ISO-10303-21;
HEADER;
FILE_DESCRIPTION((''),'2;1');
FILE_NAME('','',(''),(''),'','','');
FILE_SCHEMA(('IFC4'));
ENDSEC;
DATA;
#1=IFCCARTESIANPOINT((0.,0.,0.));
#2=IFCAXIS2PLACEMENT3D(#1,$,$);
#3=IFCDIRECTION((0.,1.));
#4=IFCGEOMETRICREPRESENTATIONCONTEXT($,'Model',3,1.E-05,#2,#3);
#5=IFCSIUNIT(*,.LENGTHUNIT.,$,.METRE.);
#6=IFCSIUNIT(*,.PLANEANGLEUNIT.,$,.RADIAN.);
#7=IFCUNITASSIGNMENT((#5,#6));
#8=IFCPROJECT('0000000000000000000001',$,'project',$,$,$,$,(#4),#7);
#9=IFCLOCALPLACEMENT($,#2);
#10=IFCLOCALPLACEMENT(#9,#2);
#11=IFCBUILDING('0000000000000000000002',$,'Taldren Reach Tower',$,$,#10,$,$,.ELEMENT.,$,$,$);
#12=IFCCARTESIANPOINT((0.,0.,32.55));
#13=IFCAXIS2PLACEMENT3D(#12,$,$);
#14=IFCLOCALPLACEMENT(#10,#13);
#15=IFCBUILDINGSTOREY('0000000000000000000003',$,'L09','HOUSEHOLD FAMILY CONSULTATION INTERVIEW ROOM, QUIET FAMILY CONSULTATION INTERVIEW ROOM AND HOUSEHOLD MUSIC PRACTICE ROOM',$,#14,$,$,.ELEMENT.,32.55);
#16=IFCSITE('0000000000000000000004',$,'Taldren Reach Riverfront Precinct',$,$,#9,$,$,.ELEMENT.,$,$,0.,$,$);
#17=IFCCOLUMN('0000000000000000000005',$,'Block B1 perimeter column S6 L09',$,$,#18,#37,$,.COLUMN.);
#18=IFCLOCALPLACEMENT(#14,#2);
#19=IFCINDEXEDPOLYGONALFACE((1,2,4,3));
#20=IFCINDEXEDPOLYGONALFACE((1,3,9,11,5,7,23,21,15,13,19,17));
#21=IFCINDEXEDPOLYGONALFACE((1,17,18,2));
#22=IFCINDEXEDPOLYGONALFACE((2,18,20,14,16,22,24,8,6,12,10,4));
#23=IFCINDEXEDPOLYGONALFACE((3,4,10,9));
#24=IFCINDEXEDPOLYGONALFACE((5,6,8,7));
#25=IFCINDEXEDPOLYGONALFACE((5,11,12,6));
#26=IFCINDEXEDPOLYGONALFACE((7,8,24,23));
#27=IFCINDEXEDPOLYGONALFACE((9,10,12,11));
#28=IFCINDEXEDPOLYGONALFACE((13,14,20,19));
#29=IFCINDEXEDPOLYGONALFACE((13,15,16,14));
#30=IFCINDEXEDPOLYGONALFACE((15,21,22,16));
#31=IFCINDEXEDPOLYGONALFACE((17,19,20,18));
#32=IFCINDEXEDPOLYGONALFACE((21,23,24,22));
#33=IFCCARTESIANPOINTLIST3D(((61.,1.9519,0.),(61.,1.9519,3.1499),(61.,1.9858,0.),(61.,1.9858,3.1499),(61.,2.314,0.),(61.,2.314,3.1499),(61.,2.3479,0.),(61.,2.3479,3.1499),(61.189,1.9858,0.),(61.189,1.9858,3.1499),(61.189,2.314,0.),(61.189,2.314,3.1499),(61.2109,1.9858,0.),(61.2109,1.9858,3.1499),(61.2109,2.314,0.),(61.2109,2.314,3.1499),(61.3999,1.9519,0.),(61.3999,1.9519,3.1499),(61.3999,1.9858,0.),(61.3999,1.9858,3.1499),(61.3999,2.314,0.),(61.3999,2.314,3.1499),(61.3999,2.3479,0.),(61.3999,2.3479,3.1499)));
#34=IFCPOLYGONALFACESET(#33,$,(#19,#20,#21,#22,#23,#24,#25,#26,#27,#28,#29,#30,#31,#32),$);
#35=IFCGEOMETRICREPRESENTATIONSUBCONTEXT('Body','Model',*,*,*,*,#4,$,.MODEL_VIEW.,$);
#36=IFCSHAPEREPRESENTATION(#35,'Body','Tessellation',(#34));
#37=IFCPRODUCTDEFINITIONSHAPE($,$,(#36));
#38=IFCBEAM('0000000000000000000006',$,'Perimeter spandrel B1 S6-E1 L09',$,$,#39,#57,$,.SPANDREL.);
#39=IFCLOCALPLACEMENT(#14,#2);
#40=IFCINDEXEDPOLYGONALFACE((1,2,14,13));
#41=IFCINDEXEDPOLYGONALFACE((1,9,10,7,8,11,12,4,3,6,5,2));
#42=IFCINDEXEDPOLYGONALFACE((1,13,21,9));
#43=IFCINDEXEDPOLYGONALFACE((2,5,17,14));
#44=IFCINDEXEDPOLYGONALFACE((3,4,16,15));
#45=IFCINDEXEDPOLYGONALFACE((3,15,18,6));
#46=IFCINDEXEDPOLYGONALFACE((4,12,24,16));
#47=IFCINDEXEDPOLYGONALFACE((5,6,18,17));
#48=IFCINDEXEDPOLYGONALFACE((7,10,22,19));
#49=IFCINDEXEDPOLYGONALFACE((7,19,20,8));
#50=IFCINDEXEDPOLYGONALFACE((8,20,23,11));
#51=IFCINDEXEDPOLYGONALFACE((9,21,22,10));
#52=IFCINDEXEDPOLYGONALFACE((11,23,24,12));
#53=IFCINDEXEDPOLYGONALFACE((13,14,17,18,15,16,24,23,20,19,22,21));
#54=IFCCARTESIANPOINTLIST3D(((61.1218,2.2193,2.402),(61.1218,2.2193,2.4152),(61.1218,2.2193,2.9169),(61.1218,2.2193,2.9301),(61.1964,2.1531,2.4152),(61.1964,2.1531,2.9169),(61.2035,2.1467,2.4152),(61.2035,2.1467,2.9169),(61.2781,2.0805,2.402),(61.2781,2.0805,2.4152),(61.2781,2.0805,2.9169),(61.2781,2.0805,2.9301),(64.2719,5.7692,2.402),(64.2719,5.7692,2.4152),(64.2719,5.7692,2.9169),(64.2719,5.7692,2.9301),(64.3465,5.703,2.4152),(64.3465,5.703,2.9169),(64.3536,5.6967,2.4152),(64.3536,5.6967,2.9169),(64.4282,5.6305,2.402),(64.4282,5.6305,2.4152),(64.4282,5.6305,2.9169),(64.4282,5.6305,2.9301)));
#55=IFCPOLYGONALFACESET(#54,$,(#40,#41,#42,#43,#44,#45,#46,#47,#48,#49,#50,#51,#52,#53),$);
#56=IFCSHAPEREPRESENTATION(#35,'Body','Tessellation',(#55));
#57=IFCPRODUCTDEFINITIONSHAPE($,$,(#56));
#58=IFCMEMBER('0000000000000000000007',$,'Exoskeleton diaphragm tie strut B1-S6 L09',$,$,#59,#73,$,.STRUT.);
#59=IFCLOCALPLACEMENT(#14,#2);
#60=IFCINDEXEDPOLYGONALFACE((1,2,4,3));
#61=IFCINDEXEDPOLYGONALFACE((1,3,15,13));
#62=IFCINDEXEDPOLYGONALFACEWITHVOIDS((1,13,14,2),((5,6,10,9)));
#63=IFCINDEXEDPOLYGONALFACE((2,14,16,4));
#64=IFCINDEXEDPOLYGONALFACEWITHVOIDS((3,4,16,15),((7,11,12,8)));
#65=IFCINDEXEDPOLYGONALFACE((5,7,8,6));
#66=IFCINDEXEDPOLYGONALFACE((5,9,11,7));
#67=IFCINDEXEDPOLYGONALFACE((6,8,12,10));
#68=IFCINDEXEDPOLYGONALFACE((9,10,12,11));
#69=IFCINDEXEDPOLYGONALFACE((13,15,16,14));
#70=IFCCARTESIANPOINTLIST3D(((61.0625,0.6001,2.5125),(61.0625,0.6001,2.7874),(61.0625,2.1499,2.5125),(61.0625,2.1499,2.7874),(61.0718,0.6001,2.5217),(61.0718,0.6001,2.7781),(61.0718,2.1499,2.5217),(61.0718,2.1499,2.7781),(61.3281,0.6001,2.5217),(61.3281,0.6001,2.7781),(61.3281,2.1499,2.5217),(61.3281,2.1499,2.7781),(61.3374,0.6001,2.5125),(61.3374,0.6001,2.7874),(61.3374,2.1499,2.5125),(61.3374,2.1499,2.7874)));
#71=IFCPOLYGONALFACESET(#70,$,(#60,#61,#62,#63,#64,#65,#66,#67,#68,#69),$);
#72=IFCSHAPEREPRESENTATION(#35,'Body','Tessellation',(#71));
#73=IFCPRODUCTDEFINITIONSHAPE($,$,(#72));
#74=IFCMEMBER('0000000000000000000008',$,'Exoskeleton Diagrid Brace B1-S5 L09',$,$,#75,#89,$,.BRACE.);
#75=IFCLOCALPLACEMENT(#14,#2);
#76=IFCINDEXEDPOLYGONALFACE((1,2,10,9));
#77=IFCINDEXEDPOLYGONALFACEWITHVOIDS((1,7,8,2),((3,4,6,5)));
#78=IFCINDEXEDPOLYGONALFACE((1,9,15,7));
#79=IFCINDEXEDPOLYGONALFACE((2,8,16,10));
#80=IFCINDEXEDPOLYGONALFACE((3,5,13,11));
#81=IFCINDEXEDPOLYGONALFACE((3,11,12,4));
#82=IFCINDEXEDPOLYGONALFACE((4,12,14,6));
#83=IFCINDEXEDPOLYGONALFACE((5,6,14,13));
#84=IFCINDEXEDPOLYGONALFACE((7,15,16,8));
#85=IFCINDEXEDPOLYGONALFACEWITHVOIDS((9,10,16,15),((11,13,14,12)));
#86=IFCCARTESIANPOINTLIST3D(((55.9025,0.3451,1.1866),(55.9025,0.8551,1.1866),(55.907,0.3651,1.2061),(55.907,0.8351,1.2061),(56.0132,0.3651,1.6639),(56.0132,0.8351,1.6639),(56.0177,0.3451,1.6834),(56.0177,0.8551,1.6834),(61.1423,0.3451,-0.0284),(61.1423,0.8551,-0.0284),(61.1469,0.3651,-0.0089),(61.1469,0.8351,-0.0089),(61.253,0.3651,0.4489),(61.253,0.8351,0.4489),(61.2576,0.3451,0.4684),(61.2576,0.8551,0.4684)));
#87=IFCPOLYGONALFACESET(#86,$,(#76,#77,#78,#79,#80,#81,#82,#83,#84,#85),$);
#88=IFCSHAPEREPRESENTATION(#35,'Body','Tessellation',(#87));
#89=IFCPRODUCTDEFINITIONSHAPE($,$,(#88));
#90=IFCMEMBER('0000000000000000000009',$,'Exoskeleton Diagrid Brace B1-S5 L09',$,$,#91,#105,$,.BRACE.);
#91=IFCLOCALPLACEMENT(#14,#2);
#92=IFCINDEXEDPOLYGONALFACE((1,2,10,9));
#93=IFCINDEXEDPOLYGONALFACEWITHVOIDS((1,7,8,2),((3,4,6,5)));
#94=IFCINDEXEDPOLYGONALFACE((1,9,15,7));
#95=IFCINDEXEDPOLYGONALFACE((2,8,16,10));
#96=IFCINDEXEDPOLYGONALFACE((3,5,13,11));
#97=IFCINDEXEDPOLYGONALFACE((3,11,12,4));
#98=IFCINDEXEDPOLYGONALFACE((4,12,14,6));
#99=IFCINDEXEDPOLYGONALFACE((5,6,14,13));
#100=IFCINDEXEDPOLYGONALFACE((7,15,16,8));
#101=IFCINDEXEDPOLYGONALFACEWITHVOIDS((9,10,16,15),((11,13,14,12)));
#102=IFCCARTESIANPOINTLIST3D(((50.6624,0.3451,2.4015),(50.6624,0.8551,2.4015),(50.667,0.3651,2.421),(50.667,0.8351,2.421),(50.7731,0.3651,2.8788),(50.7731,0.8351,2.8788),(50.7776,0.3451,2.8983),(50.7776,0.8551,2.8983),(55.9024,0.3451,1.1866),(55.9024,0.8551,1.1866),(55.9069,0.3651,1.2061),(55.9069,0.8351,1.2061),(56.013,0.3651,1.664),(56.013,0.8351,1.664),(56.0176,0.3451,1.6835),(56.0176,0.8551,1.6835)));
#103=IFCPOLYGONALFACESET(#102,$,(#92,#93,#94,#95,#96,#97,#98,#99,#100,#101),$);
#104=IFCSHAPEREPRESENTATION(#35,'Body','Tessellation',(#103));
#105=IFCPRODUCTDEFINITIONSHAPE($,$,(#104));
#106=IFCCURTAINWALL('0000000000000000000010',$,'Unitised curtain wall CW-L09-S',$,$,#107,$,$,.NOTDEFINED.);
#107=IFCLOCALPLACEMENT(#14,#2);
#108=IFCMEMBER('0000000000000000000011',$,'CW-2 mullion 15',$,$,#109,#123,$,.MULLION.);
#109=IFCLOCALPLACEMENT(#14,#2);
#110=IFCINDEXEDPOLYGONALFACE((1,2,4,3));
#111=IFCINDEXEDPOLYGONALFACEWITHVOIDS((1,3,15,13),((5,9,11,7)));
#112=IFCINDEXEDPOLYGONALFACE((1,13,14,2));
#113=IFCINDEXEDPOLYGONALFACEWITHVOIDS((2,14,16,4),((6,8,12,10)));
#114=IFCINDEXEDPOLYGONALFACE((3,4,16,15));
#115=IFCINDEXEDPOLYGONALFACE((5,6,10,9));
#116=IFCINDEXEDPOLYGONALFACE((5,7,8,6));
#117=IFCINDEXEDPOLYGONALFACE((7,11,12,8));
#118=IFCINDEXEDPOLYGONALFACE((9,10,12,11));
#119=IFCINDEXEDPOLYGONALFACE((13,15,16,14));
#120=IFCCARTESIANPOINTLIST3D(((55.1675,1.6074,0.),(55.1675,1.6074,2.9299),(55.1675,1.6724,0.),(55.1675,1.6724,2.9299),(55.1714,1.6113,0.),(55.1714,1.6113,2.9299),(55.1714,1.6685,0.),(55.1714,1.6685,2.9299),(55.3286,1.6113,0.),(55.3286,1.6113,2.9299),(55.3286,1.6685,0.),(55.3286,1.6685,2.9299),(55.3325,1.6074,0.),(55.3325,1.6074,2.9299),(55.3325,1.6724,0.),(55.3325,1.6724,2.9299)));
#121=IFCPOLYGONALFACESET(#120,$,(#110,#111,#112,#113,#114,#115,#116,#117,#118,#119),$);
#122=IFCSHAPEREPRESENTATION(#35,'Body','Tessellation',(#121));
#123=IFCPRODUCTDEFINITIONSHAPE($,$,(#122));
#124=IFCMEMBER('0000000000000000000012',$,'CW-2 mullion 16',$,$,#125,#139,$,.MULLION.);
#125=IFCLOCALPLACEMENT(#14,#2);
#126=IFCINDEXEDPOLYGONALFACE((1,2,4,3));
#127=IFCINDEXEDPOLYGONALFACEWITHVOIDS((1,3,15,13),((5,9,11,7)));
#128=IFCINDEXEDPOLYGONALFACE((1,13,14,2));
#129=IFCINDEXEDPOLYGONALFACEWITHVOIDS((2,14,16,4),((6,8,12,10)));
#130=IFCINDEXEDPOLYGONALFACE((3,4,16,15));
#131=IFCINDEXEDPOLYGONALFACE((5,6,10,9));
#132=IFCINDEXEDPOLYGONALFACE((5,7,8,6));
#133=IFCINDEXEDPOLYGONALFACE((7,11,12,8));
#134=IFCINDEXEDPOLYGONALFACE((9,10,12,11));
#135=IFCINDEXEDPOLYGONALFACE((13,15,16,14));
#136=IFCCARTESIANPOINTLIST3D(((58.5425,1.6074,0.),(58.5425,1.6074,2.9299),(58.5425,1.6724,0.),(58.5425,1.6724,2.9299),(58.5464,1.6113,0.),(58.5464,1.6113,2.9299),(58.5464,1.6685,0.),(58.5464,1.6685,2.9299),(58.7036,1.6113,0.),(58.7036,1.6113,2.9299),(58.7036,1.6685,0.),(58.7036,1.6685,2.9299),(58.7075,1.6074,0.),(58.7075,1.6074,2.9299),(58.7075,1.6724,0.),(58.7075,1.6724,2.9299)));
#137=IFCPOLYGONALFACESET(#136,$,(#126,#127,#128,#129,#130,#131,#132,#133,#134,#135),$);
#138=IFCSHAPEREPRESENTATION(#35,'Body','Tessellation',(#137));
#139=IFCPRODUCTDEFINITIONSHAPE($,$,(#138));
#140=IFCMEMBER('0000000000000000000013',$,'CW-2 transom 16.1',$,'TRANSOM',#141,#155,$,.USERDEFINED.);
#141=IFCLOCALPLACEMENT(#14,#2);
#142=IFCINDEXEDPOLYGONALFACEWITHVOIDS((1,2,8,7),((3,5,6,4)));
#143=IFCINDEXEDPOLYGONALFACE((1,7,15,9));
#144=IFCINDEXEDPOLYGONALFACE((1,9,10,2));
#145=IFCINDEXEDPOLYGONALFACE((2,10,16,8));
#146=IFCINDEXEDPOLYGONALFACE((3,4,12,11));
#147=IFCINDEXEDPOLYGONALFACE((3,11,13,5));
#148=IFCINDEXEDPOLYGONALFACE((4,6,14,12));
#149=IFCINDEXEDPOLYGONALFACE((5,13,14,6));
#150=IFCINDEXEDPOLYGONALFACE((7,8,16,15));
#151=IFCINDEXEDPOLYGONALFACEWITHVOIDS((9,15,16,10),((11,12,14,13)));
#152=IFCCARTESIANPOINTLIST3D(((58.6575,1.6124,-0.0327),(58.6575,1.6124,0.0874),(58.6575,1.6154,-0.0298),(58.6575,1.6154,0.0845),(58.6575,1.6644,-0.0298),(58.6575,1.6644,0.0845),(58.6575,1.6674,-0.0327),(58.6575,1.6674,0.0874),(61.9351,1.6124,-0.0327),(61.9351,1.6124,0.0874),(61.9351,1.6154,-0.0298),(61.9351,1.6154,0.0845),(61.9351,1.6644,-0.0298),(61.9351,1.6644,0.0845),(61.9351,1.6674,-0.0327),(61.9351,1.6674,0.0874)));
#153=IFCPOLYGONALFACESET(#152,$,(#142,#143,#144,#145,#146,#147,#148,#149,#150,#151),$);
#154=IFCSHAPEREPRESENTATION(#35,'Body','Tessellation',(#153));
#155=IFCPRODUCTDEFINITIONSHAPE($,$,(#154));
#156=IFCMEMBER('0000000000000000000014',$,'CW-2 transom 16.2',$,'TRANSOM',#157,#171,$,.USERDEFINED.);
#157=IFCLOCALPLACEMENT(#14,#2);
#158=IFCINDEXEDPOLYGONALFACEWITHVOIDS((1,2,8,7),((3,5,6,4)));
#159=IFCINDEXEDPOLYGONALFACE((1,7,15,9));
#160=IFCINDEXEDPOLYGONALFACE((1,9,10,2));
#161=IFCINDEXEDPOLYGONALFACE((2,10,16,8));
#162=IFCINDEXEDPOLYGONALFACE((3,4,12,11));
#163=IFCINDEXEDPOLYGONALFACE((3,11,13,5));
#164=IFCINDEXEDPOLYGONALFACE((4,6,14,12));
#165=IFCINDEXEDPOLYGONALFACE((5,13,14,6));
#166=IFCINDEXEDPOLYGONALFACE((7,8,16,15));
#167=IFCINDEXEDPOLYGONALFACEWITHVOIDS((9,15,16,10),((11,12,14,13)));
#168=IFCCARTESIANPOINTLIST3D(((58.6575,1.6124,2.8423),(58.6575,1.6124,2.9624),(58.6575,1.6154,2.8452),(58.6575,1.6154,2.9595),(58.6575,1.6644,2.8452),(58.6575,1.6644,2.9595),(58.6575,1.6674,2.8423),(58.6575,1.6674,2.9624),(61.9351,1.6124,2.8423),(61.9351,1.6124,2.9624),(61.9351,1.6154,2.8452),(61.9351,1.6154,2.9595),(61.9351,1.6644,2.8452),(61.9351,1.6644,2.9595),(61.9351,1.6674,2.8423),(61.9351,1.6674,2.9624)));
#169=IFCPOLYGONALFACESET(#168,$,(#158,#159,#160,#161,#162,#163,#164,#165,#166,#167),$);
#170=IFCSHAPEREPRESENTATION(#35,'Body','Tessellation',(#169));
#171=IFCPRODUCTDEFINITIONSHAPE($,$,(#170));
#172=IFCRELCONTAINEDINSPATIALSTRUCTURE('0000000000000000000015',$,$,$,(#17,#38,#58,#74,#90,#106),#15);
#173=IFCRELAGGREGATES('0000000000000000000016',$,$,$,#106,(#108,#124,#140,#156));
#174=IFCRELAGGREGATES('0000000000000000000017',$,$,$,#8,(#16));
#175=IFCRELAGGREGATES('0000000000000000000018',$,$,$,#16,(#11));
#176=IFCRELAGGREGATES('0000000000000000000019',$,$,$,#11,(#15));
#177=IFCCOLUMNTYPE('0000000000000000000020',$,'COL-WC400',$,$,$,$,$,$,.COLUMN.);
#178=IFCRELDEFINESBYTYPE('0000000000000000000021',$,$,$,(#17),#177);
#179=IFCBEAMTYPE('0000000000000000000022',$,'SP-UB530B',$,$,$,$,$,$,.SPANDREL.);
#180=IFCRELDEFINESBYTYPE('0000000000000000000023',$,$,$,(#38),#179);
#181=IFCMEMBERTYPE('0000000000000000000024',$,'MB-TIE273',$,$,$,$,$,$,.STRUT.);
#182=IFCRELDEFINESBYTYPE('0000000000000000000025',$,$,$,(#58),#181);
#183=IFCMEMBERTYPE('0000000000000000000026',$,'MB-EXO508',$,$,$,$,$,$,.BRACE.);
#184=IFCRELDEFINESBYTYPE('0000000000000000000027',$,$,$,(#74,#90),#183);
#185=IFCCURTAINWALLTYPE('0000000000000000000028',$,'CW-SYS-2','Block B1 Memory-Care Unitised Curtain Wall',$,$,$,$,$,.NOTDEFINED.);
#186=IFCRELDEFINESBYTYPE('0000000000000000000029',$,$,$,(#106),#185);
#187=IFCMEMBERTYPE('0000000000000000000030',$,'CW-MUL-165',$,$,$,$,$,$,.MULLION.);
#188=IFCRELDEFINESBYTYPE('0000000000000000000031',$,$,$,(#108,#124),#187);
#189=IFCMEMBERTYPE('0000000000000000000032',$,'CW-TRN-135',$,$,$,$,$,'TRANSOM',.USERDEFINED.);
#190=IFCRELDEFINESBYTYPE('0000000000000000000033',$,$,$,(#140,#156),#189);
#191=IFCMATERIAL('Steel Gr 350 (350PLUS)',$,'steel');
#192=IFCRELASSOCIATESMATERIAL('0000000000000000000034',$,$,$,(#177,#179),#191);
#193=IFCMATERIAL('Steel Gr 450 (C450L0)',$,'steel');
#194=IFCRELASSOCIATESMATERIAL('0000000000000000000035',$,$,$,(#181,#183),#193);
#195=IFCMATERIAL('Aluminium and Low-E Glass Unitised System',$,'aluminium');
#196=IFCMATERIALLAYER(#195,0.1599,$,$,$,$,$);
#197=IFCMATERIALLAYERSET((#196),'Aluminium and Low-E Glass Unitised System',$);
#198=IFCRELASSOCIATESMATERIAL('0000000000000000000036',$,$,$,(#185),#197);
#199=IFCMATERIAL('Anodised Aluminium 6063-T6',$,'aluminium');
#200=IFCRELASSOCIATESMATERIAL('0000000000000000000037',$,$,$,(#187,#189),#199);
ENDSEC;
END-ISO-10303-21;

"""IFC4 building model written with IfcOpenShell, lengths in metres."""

from ifc_helpers import new_model, si_unit, direction, frame, origin, origin_2d, place, context, subcontext, project, spatial, hollow_rectangle, i_section, extrude, source, transform, mapped, material, layer, layer_set, material_profile, profile_set, type_object, element, aggregate, save


model = new_model("IFC4")

# Units and contexts
model_context = context("Model", 3, precision=1e-05, world=origin(), true_north=direction((0.0, 1.0)))
body_context = subcontext(model_context, "Body", "Model", "MODEL_VIEW")
ifc_project = project(units=[si_unit("LENGTHUNIT", "METRE"), si_unit("PLANEANGLEUNIT", "RADIAN")], contexts=[model_context])

# Site, building, storey
site_placement = place(None, origin())
site = spatial("IfcSite", under=ifc_project, at=site_placement, Name="Taldren Reach Riverfront Precinct", CompositionType="ELEMENT", RefElevation=0.0)
building_placement = place(site_placement, origin())
building = spatial("IfcBuilding", under=site, at=building_placement, Name="Taldren Reach Tower", CompositionType="ELEMENT")
storey_placement = place(building_placement, frame((0.0, 0.0, 32.55)))
storey = spatial("IfcBuildingStorey", under=building, at=storey_placement, Name="L09", Description="HOUSEHOLD FAMILY CONSULTATION INTERVIEW ROOM, QUIET FAMILY CONSULTATION INTERVIEW ROOM AND HOUSEHOLD MUSIC PRACTICE ROOM", CompositionType="ELEMENT", Elevation=32.55)

# Column
ifc_material_1 = material(Name="Steel Gr 350 (350PLUS)", Category="steel")
ifc_material_profile_1 = material_profile(ifc_material_1, i_section(OverallWidth=0.3999, OverallDepth=0.396, WebThickness=0.022, FlangeThickness=0.0339, at=origin_2d()), Name="400WC270")
ifc_profile_set_1 = profile_set([ifc_material_profile_1], Name="Steel Gr 350 (350PLUS)")
column_type = type_object("IfcColumnType", Name="COL-WC400", PredefinedType="COLUMN", material=ifc_profile_set_1)
shared_shape_1 = source(origin(), body_context, "Body", "SweptSolid", [
    extrude(i_section(OverallWidth=0.3999, OverallDepth=0.396, WebThickness=0.022, FlangeThickness=0.0339, at=origin_2d()), origin(), (0.0, 0.0, 1.0), 3.1499),
])
column_placement = place(storey_placement, frame((61.2, 2.1499, 0.0), z_axis=(0.0, 0.0, 1.0), x_axis=(1.0, 0.0, 0.0)))
element("IfcColumn", 1, at=column_placement, inside=storey, type_object=column_type, Name="Block B1 perimeter column S6 L09", PredefinedType="COLUMN", context=body_context, shape_type="MappedRepresentation", body=[
    mapped(shared_shape_1, transform((0.0, 0.0, 0.0), scale=1.0)),
])

# Beam
ifc_material_profile_2 = material_profile(ifc_material_1, i_section(OverallWidth=0.209, OverallDepth=0.5281, WebThickness=0.0095, FlangeThickness=0.0132, at=origin_2d()), Name="530UB82.0")
ifc_profile_set_2 = profile_set([ifc_material_profile_2], Name="Steel Gr 350 (350PLUS)")
beam_type = type_object("IfcBeamType", Name="SP-UB530B", PredefinedType="SPANDREL", material=ifc_profile_set_2)
shared_shape_2 = source(origin(), body_context, "Body", "SweptSolid", [
    extrude(i_section(OverallWidth=0.209, OverallDepth=0.5281, WebThickness=0.0095, FlangeThickness=0.0132, at=origin_2d()), origin(), (0.0, 0.0, 1.0), 4.7461),
])
beam_placement = place(storey_placement, frame((61.2, 2.1499, 2.666), z_axis=(0.663722, 0.747979, 0.0), x_axis=(-0.747979, 0.663722, 0.0)))
element("IfcBeam", 2, at=beam_placement, inside=storey, type_object=beam_type, Name="Perimeter spandrel B1 S6-E1 L09", PredefinedType="SPANDREL", context=body_context, shape_type="MappedRepresentation", body=[
    mapped(shared_shape_2, transform((0.0, 0.0, 0.0), scale=1.0)),
])

# Members
ifc_material_2 = material(Name="Steel Gr 450 (C450L0)", Category="steel")
ifc_material_profile_3 = material_profile(ifc_material_2, hollow_rectangle(XDim=0.2749, YDim=0.2749, WallThickness=0.0093, at=origin_2d()), Name="275x275x9.3SHS")
ifc_profile_set_3 = profile_set([ifc_material_profile_3], Name="Steel Gr 450 (C450L0)")
member_type_1 = type_object("IfcMemberType", Name="MB-TIE273", PredefinedType="STRUT", material=ifc_profile_set_3)
shared_shape_3 = source(origin(), body_context, "Body", "SweptSolid", [
    extrude(hollow_rectangle(XDim=0.2749, YDim=0.2749, WallThickness=0.0093, at=origin_2d()), origin(), (0.0, 0.0, 1.0), 1.5498),
])
member_1_placement = place(storey_placement, frame((61.2, 2.1499, 2.6499), z_axis=(0.0, -1.0, 0.0), x_axis=(1.0, 0.0, 0.0)))
element("IfcMember", 3, at=member_1_placement, inside=storey, type_object=member_type_1, Name="Exoskeleton diaphragm tie strut B1-S6 L09", PredefinedType="STRUT", context=body_context, shape_type="MappedRepresentation", body=[
    mapped(shared_shape_3, transform((0.0, 0.0, 0.0), scale=1.0)),
])
ifc_material_profile_4 = material_profile(ifc_material_2, hollow_rectangle(XDim=0.51, YDim=0.51, WallThickness=0.02, at=origin_2d()), Name="510x510x20.0SHS")
ifc_profile_set_4 = profile_set([ifc_material_profile_4], Name="Steel Gr 450 (C450L0)")
member_type_2 = type_object("IfcMemberType", Name="MB-EXO508", PredefinedType="BRACE", material=ifc_profile_set_4)
shared_shape_4 = source(origin(), body_context, "Body", "SweptSolid", [
    extrude(hollow_rectangle(XDim=0.51, YDim=0.51, WallThickness=0.02, at=origin_2d()), origin(), (0.0, 0.0, 1.0), 5.3789),
])
for number, where, z_axis, x_axis, name in (
    (4, (61.2, 0.6001, 0.22), (-0.974152, 0.0, 0.225894), (0.0, -1.0, 0.0), "Exoskeleton Diagrid Brace B1-S5 L09"),
    (5, (55.96, 0.6001, 1.4351), (-0.974162, 0.0, 0.225851), (0.0, -1.0, 0.0), "Exoskeleton Diagrid Brace B1-S5 L09"),
):
    element("IfcMember", number, at=place(storey_placement, frame(where, z_axis=z_axis, x_axis=x_axis)), inside=storey, type_object=member_type_2, Name=name, PredefinedType="BRACE", context=body_context, shape_type="MappedRepresentation", body=[
        mapped(shared_shape_4, transform((0.0, 0.0, 0.0), scale=1.0)),
    ])

# Curtain wall, members
ifc_material_3 = material(Name="Aluminium and Low-E Glass Unitised System", Category="aluminium")
ifc_layer_1 = layer(ifc_material_3, 0.1599)
ifc_layer_set_1 = layer_set([ifc_layer_1], Name="Aluminium and Low-E Glass Unitised System")
curtain_wall_type = type_object("IfcCurtainWallType", Name="CW-SYS-2", Description="Block B1 Memory-Care Unitised Curtain Wall", PredefinedType="NOTDEFINED", material=ifc_layer_set_1)
curtain_wall_placement = place(storey_placement, origin())
curtain_wall = element("IfcCurtainWall", 6, at=curtain_wall_placement, inside=storey, type_object=curtain_wall_type, Name="Unitised curtain wall CW-L09-S", PredefinedType="NOTDEFINED")
ifc_material_4 = material(Name="Anodised Aluminium 6063-T6", Category="aluminium")
ifc_material_profile_5 = material_profile(ifc_material_4, hollow_rectangle(XDim=0.0649, YDim=0.165, WallThickness=0.0039, at=origin_2d()), Name="ALU-165x65x4RHS")
ifc_profile_set_5 = profile_set([ifc_material_profile_5], Name="Anodised Aluminium 6063-T6")
member_type_3 = type_object("IfcMemberType", Name="CW-MUL-165", PredefinedType="MULLION", material=ifc_profile_set_5)
shared_shape_5 = source(origin(), body_context, "Body", "SweptSolid", [
    extrude(hollow_rectangle(XDim=0.0649, YDim=0.165, WallThickness=0.0039, at=origin_2d()), origin(), (0.0, 0.0, 1.0), 2.9299),
])
member_2_placement = place(storey_placement, frame((55.25, 1.6399, 0.0), z_axis=(0.0, 0.0, 1.0), x_axis=(0.0, 1.0, 0.0)))
member_2 = element("IfcMember", 7, at=member_2_placement, type_object=member_type_3, Name="CW-2 mullion 15", PredefinedType="MULLION", context=body_context, shape_type="MappedRepresentation", body=[
    mapped(shared_shape_5, transform((0.0, 0.0, 0.0), scale=1.0)),
])
member_3_placement = place(storey_placement, frame((58.625, 1.6399, 0.0), z_axis=(0.0, 0.0, 1.0), x_axis=(0.0, 1.0, 0.0)))
member_3 = element("IfcMember", 8, at=member_3_placement, type_object=member_type_3, Name="CW-2 mullion 16", PredefinedType="MULLION", context=body_context, shape_type="MappedRepresentation", body=[
    mapped(shared_shape_5, transform((0.0, 0.0, 0.0), scale=1.0)),
])
ifc_material_profile_6 = material_profile(ifc_material_4, hollow_rectangle(XDim=0.0549, YDim=0.1201, WallThickness=0.0029, at=origin_2d()), Name="ALU-120x55x3RHS")
ifc_profile_set_6 = profile_set([ifc_material_profile_6], Name="Anodised Aluminium 6063-T6")
member_type_4 = type_object("IfcMemberType", Name="CW-TRN-135", ElementType="TRANSOM", PredefinedType="USERDEFINED", material=ifc_profile_set_6)
shared_shape_6 = source(origin(), body_context, "Body", "SweptSolid", [
    extrude(hollow_rectangle(XDim=0.0549, YDim=0.1201, WallThickness=0.0029, at=origin_2d()), origin(), (0.0, 0.0, 1.0), 3.2776),
])
member_4_placement = place(storey_placement, frame((58.6575, 1.6399, 0.0273), z_axis=(1.0, 0.0, 0.0), x_axis=(0.0, 1.0, 0.0)))
member_4 = element("IfcMember", 9, at=member_4_placement, type_object=member_type_4, Name="CW-2 transom 16.1", ObjectType="TRANSOM", PredefinedType="USERDEFINED", context=body_context, shape_type="MappedRepresentation", body=[
    mapped(shared_shape_6, transform((0.0, 0.0, 0.0), scale=1.0)),
])
member_5_placement = place(storey_placement, frame((58.6575, 1.6399, 2.9023), z_axis=(1.0, 0.0, 0.0), x_axis=(0.0, 1.0, 0.0)))
member_5 = element("IfcMember", 10, at=member_5_placement, type_object=member_type_4, Name="CW-2 transom 16.2", ObjectType="TRANSOM", PredefinedType="USERDEFINED", context=body_context, shape_type="MappedRepresentation", body=[
    mapped(shared_shape_6, transform((0.0, 0.0, 0.0), scale=1.0)),
])

aggregate(curtain_wall, [member_2, member_3, member_4, member_5])

save(model, "model.ifc")
